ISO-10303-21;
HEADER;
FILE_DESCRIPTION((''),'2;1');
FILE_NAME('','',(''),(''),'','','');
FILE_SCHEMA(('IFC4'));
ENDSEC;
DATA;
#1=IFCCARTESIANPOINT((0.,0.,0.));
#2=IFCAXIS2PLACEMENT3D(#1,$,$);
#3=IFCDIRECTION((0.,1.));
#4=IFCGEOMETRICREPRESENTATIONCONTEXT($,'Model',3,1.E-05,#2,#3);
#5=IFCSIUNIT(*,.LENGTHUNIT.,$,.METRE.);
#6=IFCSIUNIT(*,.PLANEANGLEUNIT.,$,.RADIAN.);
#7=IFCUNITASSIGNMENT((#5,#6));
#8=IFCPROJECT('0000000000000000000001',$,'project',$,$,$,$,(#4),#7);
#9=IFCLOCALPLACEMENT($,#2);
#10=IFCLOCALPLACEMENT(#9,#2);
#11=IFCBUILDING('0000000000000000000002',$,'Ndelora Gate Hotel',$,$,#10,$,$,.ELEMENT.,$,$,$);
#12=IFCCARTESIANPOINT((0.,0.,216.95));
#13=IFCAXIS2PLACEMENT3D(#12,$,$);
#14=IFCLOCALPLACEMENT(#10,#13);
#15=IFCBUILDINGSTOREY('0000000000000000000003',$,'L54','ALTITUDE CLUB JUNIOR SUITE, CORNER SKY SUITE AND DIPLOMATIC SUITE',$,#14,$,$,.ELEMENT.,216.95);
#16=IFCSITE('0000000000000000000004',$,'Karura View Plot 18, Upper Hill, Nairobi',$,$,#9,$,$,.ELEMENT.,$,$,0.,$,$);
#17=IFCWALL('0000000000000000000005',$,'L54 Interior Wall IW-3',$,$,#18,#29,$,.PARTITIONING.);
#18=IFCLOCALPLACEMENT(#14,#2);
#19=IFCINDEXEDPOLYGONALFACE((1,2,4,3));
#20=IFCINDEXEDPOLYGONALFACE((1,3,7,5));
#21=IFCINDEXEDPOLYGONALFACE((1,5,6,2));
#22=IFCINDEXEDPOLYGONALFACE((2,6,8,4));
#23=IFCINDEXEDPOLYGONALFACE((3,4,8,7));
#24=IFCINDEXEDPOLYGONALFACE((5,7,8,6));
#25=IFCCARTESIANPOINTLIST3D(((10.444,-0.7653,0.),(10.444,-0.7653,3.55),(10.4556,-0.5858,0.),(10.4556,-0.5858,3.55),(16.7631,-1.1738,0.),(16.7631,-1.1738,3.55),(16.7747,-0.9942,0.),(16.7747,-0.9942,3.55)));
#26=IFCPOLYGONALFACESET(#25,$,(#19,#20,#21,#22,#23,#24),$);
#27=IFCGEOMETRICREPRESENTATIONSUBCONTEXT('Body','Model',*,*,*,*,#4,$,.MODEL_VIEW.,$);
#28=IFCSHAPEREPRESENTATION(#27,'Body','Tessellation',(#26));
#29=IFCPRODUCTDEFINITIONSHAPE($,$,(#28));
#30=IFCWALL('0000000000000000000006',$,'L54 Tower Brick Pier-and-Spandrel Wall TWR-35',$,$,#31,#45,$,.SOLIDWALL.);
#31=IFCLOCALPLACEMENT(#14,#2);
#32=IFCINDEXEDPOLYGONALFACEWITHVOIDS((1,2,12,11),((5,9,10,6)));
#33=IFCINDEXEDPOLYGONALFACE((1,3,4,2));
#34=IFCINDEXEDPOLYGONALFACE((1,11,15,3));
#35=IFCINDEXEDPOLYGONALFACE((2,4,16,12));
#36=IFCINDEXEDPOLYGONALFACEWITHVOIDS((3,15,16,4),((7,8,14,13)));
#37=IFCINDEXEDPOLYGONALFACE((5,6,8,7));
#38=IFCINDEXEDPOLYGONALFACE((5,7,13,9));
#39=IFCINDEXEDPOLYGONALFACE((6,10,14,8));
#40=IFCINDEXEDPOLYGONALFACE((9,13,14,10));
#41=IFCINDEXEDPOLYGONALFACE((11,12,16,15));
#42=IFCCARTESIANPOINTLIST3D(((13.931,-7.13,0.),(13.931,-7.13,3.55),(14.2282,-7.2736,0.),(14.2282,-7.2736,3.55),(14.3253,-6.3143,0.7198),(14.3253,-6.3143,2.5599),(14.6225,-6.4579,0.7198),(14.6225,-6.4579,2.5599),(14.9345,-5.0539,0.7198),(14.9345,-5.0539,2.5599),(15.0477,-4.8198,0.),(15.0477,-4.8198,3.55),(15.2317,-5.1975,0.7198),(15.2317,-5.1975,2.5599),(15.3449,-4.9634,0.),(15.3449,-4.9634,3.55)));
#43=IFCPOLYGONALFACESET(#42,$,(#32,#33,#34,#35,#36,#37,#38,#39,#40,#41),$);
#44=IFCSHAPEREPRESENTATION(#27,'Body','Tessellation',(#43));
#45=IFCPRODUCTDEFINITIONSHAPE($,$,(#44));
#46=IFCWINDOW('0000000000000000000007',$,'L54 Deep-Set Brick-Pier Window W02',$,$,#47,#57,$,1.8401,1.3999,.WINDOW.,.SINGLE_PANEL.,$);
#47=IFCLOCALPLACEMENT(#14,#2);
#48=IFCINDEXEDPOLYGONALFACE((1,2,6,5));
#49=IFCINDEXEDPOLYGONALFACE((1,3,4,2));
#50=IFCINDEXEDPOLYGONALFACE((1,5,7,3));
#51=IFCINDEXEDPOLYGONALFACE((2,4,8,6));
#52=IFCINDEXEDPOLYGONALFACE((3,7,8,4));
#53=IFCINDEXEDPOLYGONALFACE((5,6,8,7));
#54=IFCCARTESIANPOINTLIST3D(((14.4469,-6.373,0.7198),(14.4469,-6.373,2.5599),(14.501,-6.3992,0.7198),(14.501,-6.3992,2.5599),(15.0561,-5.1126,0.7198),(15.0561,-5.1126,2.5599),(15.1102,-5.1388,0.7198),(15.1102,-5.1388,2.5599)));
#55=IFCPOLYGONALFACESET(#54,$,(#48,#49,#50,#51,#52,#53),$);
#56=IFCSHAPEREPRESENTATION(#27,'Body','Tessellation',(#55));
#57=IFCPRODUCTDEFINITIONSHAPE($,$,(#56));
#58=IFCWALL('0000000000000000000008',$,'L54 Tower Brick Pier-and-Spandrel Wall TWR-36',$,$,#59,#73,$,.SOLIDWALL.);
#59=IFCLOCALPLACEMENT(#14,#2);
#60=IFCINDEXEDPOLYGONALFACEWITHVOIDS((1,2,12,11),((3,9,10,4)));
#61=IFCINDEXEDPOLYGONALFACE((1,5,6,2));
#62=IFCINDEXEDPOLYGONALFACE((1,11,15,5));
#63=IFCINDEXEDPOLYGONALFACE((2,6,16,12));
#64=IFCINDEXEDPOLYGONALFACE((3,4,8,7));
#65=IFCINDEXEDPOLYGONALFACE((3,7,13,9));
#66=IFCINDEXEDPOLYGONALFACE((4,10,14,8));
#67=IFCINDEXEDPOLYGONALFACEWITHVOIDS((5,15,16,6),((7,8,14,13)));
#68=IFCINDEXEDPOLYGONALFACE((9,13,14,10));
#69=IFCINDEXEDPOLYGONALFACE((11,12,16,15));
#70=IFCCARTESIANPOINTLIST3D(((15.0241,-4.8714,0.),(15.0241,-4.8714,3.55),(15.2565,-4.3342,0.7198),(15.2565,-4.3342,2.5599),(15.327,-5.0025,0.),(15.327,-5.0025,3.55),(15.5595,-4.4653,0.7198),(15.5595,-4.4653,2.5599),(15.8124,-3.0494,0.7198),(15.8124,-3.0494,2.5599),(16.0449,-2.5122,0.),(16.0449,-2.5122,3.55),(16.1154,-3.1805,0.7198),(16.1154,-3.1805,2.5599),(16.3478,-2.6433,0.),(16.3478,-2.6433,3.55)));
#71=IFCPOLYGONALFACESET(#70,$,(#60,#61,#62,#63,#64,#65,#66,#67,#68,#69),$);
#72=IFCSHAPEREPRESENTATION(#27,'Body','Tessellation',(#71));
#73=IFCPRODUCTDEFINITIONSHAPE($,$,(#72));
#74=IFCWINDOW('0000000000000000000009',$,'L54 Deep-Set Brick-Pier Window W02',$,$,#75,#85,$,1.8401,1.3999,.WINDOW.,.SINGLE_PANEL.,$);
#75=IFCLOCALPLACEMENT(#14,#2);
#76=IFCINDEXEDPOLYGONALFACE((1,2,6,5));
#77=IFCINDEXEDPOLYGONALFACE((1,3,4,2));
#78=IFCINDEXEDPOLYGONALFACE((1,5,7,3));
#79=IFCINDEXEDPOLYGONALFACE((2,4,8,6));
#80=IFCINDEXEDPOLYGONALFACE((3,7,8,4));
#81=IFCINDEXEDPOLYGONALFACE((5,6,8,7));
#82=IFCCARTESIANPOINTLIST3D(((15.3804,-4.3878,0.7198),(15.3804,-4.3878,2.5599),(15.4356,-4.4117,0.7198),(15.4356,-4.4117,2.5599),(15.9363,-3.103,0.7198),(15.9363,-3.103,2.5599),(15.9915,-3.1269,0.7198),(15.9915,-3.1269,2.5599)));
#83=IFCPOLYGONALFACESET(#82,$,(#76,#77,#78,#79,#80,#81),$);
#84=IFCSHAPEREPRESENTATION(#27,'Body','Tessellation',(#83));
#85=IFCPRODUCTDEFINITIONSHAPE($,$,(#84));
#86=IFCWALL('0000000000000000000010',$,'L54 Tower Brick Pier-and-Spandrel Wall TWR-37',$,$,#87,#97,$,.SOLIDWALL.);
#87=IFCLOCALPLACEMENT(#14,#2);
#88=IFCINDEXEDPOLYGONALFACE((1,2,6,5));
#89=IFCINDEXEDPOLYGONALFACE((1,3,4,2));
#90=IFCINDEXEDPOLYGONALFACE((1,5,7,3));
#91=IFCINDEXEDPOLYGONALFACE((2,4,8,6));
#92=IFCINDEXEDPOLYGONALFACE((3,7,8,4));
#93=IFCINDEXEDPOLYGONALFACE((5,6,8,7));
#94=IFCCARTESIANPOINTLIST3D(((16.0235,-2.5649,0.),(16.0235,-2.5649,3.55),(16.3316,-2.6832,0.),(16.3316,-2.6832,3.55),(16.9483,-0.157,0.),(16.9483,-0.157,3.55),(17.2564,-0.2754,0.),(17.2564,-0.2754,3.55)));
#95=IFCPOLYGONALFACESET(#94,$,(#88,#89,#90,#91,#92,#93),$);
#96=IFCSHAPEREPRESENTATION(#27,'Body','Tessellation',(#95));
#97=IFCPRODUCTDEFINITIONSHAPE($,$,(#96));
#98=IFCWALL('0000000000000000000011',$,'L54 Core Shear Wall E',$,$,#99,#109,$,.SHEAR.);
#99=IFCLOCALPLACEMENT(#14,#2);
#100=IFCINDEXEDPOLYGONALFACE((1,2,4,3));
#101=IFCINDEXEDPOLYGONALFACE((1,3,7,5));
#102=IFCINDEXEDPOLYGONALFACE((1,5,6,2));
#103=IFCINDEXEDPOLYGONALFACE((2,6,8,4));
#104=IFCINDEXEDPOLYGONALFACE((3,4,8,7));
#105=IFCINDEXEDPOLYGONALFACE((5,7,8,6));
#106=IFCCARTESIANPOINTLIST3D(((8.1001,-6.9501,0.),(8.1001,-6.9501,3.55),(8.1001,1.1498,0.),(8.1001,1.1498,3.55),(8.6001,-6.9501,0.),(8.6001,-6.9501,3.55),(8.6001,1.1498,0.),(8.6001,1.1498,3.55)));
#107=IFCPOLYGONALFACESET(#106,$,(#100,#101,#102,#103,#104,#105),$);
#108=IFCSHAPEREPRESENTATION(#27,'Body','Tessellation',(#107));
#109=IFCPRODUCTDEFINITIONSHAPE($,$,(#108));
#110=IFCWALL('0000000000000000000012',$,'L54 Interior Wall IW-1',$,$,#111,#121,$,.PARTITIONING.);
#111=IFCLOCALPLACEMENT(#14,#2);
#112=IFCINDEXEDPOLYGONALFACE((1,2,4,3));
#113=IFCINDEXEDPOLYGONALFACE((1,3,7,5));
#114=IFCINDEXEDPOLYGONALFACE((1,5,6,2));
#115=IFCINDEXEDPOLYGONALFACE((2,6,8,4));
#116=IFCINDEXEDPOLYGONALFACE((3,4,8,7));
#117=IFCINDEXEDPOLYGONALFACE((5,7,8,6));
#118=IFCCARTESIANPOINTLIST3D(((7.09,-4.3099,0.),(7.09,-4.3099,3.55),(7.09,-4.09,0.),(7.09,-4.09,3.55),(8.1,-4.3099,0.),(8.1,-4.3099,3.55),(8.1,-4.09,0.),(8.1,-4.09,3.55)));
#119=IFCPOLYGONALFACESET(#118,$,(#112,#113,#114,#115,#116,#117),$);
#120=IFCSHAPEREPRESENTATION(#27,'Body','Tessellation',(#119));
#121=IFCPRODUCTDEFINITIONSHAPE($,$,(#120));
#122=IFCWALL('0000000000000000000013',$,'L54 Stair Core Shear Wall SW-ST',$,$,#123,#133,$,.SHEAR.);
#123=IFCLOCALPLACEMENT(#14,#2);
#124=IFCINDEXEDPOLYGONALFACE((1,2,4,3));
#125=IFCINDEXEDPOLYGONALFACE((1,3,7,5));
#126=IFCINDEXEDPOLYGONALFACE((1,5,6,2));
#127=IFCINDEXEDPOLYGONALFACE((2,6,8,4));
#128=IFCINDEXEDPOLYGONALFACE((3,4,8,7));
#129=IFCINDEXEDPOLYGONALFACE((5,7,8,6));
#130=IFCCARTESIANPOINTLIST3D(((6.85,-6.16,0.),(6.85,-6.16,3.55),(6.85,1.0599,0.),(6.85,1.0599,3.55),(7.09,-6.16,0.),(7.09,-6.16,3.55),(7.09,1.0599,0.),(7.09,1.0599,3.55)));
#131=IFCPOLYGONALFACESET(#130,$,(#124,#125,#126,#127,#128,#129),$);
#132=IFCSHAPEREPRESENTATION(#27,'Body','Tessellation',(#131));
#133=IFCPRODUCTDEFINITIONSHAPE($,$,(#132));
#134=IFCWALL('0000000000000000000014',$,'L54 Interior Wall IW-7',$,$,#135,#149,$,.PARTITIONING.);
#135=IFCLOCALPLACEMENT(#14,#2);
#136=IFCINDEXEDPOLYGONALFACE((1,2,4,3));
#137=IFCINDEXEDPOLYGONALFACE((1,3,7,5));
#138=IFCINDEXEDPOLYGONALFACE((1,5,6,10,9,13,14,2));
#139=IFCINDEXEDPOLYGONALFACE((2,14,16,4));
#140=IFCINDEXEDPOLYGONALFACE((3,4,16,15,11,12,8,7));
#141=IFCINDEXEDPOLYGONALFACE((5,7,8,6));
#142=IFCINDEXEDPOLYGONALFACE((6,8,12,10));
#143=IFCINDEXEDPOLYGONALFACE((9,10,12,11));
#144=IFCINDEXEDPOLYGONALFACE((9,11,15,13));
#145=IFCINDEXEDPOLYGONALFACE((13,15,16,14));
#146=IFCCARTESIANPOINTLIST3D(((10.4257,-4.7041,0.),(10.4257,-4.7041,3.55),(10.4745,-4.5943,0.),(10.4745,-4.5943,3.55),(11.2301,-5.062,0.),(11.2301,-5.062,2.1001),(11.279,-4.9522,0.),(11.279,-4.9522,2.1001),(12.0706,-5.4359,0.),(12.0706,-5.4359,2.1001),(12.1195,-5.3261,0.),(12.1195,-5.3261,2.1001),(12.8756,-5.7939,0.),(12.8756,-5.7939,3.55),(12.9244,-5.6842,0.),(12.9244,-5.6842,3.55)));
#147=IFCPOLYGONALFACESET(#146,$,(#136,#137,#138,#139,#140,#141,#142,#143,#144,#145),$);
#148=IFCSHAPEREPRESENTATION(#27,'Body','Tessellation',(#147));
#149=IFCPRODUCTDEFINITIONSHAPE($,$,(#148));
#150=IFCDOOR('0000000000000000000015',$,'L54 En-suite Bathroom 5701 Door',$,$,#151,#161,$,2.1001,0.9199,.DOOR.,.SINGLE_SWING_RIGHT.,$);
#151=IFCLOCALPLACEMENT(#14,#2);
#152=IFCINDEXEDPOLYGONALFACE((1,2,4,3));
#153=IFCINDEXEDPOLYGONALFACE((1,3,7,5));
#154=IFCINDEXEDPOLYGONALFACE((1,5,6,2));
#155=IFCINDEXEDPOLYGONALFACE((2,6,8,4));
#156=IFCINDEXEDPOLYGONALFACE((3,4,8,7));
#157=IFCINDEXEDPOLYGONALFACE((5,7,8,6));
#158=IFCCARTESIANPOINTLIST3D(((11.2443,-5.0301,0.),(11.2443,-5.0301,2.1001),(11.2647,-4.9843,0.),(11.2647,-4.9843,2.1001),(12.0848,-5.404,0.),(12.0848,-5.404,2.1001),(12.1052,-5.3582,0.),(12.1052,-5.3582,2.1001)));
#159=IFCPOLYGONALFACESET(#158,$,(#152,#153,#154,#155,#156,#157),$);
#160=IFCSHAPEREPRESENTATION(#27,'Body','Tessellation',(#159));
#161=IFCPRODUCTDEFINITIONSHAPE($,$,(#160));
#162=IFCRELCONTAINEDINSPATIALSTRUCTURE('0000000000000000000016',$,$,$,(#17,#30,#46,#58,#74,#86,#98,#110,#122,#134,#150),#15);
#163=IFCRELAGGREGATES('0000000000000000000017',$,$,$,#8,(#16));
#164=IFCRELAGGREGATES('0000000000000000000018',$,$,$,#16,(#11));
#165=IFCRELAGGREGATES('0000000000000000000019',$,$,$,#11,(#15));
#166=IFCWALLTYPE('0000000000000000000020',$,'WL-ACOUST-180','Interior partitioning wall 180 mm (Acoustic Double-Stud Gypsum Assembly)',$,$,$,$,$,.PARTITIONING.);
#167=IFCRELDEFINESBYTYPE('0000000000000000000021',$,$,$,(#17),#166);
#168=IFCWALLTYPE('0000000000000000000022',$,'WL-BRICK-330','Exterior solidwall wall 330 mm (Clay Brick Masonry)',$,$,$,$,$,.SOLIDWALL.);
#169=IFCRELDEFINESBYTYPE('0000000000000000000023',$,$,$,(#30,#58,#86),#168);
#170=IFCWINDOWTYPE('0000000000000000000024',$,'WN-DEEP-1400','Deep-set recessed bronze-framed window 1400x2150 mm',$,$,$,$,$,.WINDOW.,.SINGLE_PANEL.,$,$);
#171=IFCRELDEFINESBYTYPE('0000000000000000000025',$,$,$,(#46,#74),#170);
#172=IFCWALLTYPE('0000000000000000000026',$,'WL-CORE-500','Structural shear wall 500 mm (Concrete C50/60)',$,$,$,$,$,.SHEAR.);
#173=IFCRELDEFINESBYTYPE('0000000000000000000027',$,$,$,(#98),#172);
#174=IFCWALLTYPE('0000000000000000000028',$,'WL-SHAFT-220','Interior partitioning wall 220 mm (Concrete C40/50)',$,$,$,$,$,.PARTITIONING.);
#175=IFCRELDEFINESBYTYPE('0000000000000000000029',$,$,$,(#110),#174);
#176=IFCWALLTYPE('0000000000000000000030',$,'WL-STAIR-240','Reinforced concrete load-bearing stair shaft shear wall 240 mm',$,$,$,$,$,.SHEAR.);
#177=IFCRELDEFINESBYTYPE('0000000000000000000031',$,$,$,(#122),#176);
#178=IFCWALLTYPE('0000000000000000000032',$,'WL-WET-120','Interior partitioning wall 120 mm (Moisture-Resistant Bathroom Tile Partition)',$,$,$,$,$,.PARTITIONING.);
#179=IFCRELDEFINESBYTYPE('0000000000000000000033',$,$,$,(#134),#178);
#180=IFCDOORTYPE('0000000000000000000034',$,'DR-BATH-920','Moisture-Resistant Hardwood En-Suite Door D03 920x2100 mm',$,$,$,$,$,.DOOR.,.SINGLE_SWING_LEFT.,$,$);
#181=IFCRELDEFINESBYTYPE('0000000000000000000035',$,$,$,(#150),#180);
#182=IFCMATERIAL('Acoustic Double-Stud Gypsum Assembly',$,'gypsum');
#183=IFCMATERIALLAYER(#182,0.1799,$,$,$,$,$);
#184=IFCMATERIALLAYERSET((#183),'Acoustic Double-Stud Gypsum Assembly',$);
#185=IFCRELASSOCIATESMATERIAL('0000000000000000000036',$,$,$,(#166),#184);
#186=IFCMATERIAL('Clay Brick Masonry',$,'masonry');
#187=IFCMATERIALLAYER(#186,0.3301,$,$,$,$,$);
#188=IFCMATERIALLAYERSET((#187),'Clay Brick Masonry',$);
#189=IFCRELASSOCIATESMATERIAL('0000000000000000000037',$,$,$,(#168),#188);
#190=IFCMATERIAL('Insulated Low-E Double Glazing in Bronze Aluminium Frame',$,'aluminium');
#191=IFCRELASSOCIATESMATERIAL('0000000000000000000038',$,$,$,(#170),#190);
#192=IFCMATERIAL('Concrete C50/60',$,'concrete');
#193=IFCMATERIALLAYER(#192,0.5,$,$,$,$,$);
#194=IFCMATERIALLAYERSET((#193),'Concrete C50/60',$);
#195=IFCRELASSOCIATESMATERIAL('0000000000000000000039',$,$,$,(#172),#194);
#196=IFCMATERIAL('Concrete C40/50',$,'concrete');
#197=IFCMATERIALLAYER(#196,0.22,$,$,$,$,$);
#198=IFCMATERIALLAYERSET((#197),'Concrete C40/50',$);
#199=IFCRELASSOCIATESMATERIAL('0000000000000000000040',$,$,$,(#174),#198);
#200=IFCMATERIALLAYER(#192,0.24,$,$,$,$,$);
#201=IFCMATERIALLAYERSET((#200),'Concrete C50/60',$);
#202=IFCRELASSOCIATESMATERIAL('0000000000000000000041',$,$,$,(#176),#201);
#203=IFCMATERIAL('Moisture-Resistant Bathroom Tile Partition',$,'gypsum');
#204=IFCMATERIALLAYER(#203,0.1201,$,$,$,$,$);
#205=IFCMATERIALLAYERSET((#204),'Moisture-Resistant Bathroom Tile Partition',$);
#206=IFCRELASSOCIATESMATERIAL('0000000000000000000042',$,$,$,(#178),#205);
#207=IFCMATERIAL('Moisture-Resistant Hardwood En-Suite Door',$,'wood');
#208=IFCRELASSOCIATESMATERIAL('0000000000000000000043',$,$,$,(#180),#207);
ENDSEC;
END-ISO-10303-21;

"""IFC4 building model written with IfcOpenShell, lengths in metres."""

from ifc_helpers import new_model, si_unit, direction, frame, frame_2d, origin, place, context, subcontext, project, spatial, rectangle, extrude, material, layer, layer_set, type_object, element, fill, save


model = new_model("IFC4")

# Units and contexts
model_context = context("Model", 3, precision=1e-05, world=origin(), true_north=direction((0.0, 1.0)))
body_context = subcontext(model_context, "Body", "Model", "MODEL_VIEW")
ifc_project = project(units=[si_unit("LENGTHUNIT", "METRE"), si_unit("PLANEANGLEUNIT", "RADIAN")], contexts=[model_context])

# Site, building, storey
site_placement = place(None, origin())
site = spatial("IfcSite", under=ifc_project, at=site_placement, Name="Karura View Plot 18, Upper Hill, Nairobi", CompositionType="ELEMENT", RefElevation=0.0)
building_placement = place(site_placement, origin())
building = spatial("IfcBuilding", under=site, at=building_placement, Name="Ndelora Gate Hotel", CompositionType="ELEMENT")
storey_placement = place(building_placement, frame((0.0, 0.0, 216.95)))
storey = spatial("IfcBuildingStorey", under=building, at=storey_placement, Name="L54", Description="ALTITUDE CLUB JUNIOR SUITE, CORNER SKY SUITE AND DIPLOMATIC SUITE", CompositionType="ELEMENT", Elevation=216.95)

# Shared definitions
ifc_material_1 = material(Name="Concrete C50/60", Category="concrete")

# Wall
ifc_material_2 = material(Name="Acoustic Double-Stud Gypsum Assembly", Category="gypsum")
ifc_layer_1 = layer(ifc_material_2, 0.1799)
ifc_layer_set_1 = layer_set([ifc_layer_1], Name="Acoustic Double-Stud Gypsum Assembly")
wall_type_1 = type_object("IfcWallType", Name="WL-ACOUST-180", Description="Interior partitioning wall 180 mm (Acoustic Double-Stud Gypsum Assembly)", PredefinedType="PARTITIONING", material=ifc_layer_set_1)
wall_1_placement = place(storey_placement, frame((10.45, -0.6755, 0.0), z_axis=(0.0, 0.0, 1.0), x_axis=(0.997918, -0.064502, 0.0)))
element("IfcWall", 1, at=wall_1_placement, inside=storey, type_object=wall_type_1, Name="L54 Interior Wall IW-3", PredefinedType="PARTITIONING", context=body_context, shape_type="SweptSolid", body=[
    extrude(rectangle(XDim=6.3323, YDim=0.1799, at=frame_2d((3.166, 0.0))), origin(), (0.0, 0.0, 1.0), 3.55),
])

# Walls, openings, windows
ifc_material_3 = material(Name="Clay Brick Masonry", Category="masonry")
ifc_layer_2 = layer(ifc_material_3, 0.3301)
ifc_layer_set_2 = layer_set([ifc_layer_2], Name="Clay Brick Masonry")
wall_type_2 = type_object("IfcWallType", Name="WL-BRICK-330", Description="Exterior solidwall wall 330 mm (Clay Brick Masonry)", PredefinedType="SOLIDWALL", material=ifc_layer_set_2)
wall_2_placement = place(storey_placement, frame((15.1963, -4.8916, 0.0), z_axis=(0.0, 0.0, 1.0), x_axis=(-0.435185, -0.900341, 0.0)))
wall_2 = element("IfcWall", 2, at=wall_2_placement, inside=storey, type_object=wall_type_2, Name="L54 Tower Brick Pier-and-Spandrel Wall TWR-35", PredefinedType="SOLIDWALL", context=body_context, shape_type="SweptSolid", body=[
    extrude(rectangle(XDim=2.5659, YDim=0.3301, at=frame_2d((1.283, 0.0))), origin(), (0.0, 0.0, 1.0), 3.55),
])
opening_1_placement = place(wall_2_placement, frame((0.26, 0.0, 0.72)))
opening_1 = element("IfcOpeningElement", 3, at=opening_1_placement, cuts=wall_2, PredefinedType="OPENING", context=body_context, shape_type="SweptSolid", body=[
    extrude(rectangle(XDim=1.3999, YDim=1.8401, at=frame_2d((0.7, 0.9199))), frame((0.0, 0.175, 0.0), z_axis=(0.0, -1.0, 0.0), x_axis=(1.0, 0.0, 0.0)), (0.0, 0.0, 1.0), 0.3501),
])
ifc_material_4 = material(Name="Insulated Low-E Double Glazing in Bronze Aluminium Frame", Category="aluminium")
window_type = type_object("IfcWindowType", Name="WN-DEEP-1400", Description="Deep-set recessed bronze-framed window 1400x2150 mm", PartitioningType="SINGLE_PANEL", PredefinedType="WINDOW", material=ifc_material_4)
window_1_placement = place(opening_1_placement, origin())
window_1 = element("IfcWindow", 4, at=window_1_placement, inside=storey, type_object=window_type, Name="L54 Deep-Set Brick-Pier Window W02", OverallHeight=1.8401, OverallWidth=1.3999, PartitioningType="SINGLE_PANEL", PredefinedType="WINDOW", context=body_context, shape_type="SweptSolid", body=[
    extrude(rectangle(XDim=1.3999, YDim=1.8401, at=frame_2d((0.7, 0.9199))), frame((0.0, 0.03, 0.0), z_axis=(0.0, -1.0, 0.0), x_axis=(1.0, 0.0, 0.0)), (0.0, 0.0, 1.0), 0.0601),
])
fill(opening_1, window_1)
wall_3_placement = place(storey_placement, frame((16.1963, -2.5779, 0.0), z_axis=(0.0, 0.0, 1.0), x_axis=(-0.397104, -0.917774, 0.0)))
wall_3 = element("IfcWall", 5, at=wall_3_placement, inside=storey, type_object=wall_type_2, Name="L54 Tower Brick Pier-and-Spandrel Wall TWR-36", PredefinedType="SOLIDWALL", context=body_context, shape_type="SweptSolid", body=[
    extrude(rectangle(XDim=2.5706, YDim=0.3301, at=frame_2d((1.2852, 0.0))), origin(), (0.0, 0.0, 1.0), 3.55),
])
opening_2_placement = place(wall_3_placement, frame((0.5852, 0.0, 0.72)))
opening_2 = element("IfcOpeningElement", 6, at=opening_2_placement, cuts=wall_3, PredefinedType="OPENING", context=body_context, shape_type="SweptSolid", body=[
    extrude(rectangle(XDim=1.3999, YDim=1.8401, at=frame_2d((0.7, 0.9199))), frame((0.0, 0.175, 0.0), z_axis=(0.0, -1.0, 0.0), x_axis=(1.0, 0.0, 0.0)), (0.0, 0.0, 1.0), 0.3501),
])
window_2_placement = place(opening_2_placement, origin())
window_2 = element("IfcWindow", 7, at=window_2_placement, inside=storey, type_object=window_type, Name="L54 Deep-Set Brick-Pier Window W02", OverallHeight=1.8401, OverallWidth=1.3999, PartitioningType="SINGLE_PANEL", PredefinedType="WINDOW", context=body_context, shape_type="SweptSolid", body=[
    extrude(rectangle(XDim=1.3999, YDim=1.8401, at=frame_2d((0.7, 0.9199))), frame((0.0, 0.03, 0.0), z_axis=(0.0, -1.0, 0.0), x_axis=(1.0, 0.0, 0.0)), (0.0, 0.0, 1.0), 0.0601),
])
fill(opening_2, window_2)

# Walls
wall_4_placement = place(storey_placement, frame((17.1023, -0.2163, 0.0), z_axis=(0.0, 0.0, 1.0), x_axis=(-0.358529, -0.933519, 0.0)))
element("IfcWall", 8, at=wall_4_placement, inside=storey, type_object=wall_type_2, Name="L54 Tower Brick Pier-and-Spandrel Wall TWR-37", PredefinedType="SOLIDWALL", context=body_context, shape_type="SweptSolid", body=[
    extrude(rectangle(XDim=2.5793, YDim=0.3301, at=frame_2d((1.2896, 0.0))), origin(), (0.0, 0.0, 1.0), 3.55),
])
ifc_layer_3 = layer(ifc_material_1, 0.5)
ifc_layer_set_3 = layer_set([ifc_layer_3], Name="Concrete C50/60")
wall_type_3 = type_object("IfcWallType", Name="WL-CORE-500", Description="Structural shear wall 500 mm (Concrete C50/60)", PredefinedType="SHEAR", material=ifc_layer_set_3)
wall_5_placement = place(storey_placement, frame((8.3501, -6.95, 0.0), z_axis=(0.0, 0.0, 1.0), x_axis=(0.0, 1.0, 0.0)))
element("IfcWall", 9, at=wall_5_placement, inside=storey, type_object=wall_type_3, Name="L54 Core Shear Wall E", PredefinedType="SHEAR", context=body_context, shape_type="SweptSolid", body=[
    extrude(rectangle(XDim=8.0999, YDim=0.5, at=frame_2d((4.0498, 0.0))), origin(), (0.0, 0.0, 1.0), 3.55),
])
ifc_material_5 = material(Name="Concrete C40/50", Category="concrete")
ifc_layer_4 = layer(ifc_material_5, 0.22)
ifc_layer_set_4 = layer_set([ifc_layer_4], Name="Concrete C40/50")
wall_type_4 = type_object("IfcWallType", Name="WL-SHAFT-220", Description="Interior partitioning wall 220 mm (Concrete C40/50)", PredefinedType="PARTITIONING", material=ifc_layer_set_4)
wall_6_placement = place(storey_placement, frame((7.0901, -4.2, 0.0), z_axis=(0.0, 0.0, 1.0), x_axis=(1.0, 0.0, 0.0)))
element("IfcWall", 10, at=wall_6_placement, inside=storey, type_object=wall_type_4, Name="L54 Interior Wall IW-1", PredefinedType="PARTITIONING", context=body_context, shape_type="SweptSolid", body=[
    extrude(rectangle(XDim=1.01, YDim=0.22, at=frame_2d((0.5049, 0.0))), origin(), (0.0, 0.0, 1.0), 3.55),
])
ifc_layer_5 = layer(ifc_material_1, 0.24)
ifc_layer_set_5 = layer_set([ifc_layer_5], Name="Concrete C50/60")
wall_type_5 = type_object("IfcWallType", Name="WL-STAIR-240", Description="Reinforced concrete load-bearing stair shaft shear wall 240 mm", PredefinedType="SHEAR", material=ifc_layer_set_5)
wall_7_placement = place(storey_placement, frame((6.97, -6.1599, 0.0), z_axis=(0.0, 0.0, 1.0), x_axis=(0.0, 1.0, 0.0)))
element("IfcWall", 11, at=wall_7_placement, inside=storey, type_object=wall_type_5, Name="L54 Stair Core Shear Wall SW-ST", PredefinedType="SHEAR", context=body_context, shape_type="SweptSolid", body=[
    extrude(rectangle(XDim=7.22, YDim=0.24, at=frame_2d((3.6099, 0.0))), origin(), (0.0, 0.0, 1.0), 3.55),
])

# Wall, opening, door
ifc_material_6 = material(Name="Moisture-Resistant Bathroom Tile Partition", Category="gypsum")
ifc_layer_6 = layer(ifc_material_6, 0.1201)
ifc_layer_set_6 = layer_set([ifc_layer_6], Name="Moisture-Resistant Bathroom Tile Partition")
wall_type_6 = type_object("IfcWallType", Name="WL-WET-120", Description="Interior partitioning wall 120 mm (Moisture-Resistant Bathroom Tile Partition)", PredefinedType="PARTITIONING", material=ifc_layer_set_6)
wall_8_placement = place(storey_placement, frame((10.45, -4.6492, 0.0), z_axis=(0.0, 0.0, 1.0), x_axis=(0.913676, -0.406443, 0.0)))
wall_8 = element("IfcWall", 12, at=wall_8_placement, inside=storey, type_object=wall_type_6, Name="L54 Interior Wall IW-7", PredefinedType="PARTITIONING", context=body_context, shape_type="SweptSolid", body=[
    extrude(rectangle(XDim=2.6814, YDim=0.1201, at=frame_2d((1.3408, 0.0))), origin(), (0.0, 0.0, 1.0), 3.55),
])
opening_3_placement = place(wall_8_placement, frame((0.8806, 0.0, 0.0)))
opening_3 = element("IfcOpeningElement", 13, at=opening_3_placement, cuts=wall_8, PredefinedType="OPENING", context=body_context, shape_type="SweptSolid", body=[
    extrude(rectangle(XDim=0.9199, YDim=2.1001, at=frame_2d((0.46, 1.05))), frame((0.0, 0.0701, 0.0), z_axis=(0.0, -1.0, 0.0), x_axis=(1.0, 0.0, 0.0)), (0.0, 0.0, 1.0), 0.1401),
])
ifc_material_7 = material(Name="Moisture-Resistant Hardwood En-Suite Door", Category="wood")
door_type = type_object("IfcDoorType", Name="DR-BATH-920", Description="Moisture-Resistant Hardwood En-Suite Door D03 920x2100 mm", OperationType="SINGLE_SWING_LEFT", PredefinedType="DOOR", material=ifc_material_7)
door_placement = place(opening_3_placement, origin())
door = element("IfcDoor", 14, at=door_placement, inside=storey, type_object=door_type, Name="L54 En-suite Bathroom 5701 Door", OperationType="SINGLE_SWING_RIGHT", OverallHeight=2.1001, OverallWidth=0.9199, PredefinedType="DOOR", context=body_context, shape_type="SweptSolid", body=[
    extrude(rectangle(XDim=0.9199, YDim=2.1001, at=frame_2d((0.46, 1.05))), frame((0.0, 0.0249, 0.0), z_axis=(0.0, -1.0, 0.0), x_axis=(1.0, 0.0, 0.0)), (0.0, 0.0, 1.0), 0.05),
])
fill(opening_3, door)

save(model, "model.ifc")
